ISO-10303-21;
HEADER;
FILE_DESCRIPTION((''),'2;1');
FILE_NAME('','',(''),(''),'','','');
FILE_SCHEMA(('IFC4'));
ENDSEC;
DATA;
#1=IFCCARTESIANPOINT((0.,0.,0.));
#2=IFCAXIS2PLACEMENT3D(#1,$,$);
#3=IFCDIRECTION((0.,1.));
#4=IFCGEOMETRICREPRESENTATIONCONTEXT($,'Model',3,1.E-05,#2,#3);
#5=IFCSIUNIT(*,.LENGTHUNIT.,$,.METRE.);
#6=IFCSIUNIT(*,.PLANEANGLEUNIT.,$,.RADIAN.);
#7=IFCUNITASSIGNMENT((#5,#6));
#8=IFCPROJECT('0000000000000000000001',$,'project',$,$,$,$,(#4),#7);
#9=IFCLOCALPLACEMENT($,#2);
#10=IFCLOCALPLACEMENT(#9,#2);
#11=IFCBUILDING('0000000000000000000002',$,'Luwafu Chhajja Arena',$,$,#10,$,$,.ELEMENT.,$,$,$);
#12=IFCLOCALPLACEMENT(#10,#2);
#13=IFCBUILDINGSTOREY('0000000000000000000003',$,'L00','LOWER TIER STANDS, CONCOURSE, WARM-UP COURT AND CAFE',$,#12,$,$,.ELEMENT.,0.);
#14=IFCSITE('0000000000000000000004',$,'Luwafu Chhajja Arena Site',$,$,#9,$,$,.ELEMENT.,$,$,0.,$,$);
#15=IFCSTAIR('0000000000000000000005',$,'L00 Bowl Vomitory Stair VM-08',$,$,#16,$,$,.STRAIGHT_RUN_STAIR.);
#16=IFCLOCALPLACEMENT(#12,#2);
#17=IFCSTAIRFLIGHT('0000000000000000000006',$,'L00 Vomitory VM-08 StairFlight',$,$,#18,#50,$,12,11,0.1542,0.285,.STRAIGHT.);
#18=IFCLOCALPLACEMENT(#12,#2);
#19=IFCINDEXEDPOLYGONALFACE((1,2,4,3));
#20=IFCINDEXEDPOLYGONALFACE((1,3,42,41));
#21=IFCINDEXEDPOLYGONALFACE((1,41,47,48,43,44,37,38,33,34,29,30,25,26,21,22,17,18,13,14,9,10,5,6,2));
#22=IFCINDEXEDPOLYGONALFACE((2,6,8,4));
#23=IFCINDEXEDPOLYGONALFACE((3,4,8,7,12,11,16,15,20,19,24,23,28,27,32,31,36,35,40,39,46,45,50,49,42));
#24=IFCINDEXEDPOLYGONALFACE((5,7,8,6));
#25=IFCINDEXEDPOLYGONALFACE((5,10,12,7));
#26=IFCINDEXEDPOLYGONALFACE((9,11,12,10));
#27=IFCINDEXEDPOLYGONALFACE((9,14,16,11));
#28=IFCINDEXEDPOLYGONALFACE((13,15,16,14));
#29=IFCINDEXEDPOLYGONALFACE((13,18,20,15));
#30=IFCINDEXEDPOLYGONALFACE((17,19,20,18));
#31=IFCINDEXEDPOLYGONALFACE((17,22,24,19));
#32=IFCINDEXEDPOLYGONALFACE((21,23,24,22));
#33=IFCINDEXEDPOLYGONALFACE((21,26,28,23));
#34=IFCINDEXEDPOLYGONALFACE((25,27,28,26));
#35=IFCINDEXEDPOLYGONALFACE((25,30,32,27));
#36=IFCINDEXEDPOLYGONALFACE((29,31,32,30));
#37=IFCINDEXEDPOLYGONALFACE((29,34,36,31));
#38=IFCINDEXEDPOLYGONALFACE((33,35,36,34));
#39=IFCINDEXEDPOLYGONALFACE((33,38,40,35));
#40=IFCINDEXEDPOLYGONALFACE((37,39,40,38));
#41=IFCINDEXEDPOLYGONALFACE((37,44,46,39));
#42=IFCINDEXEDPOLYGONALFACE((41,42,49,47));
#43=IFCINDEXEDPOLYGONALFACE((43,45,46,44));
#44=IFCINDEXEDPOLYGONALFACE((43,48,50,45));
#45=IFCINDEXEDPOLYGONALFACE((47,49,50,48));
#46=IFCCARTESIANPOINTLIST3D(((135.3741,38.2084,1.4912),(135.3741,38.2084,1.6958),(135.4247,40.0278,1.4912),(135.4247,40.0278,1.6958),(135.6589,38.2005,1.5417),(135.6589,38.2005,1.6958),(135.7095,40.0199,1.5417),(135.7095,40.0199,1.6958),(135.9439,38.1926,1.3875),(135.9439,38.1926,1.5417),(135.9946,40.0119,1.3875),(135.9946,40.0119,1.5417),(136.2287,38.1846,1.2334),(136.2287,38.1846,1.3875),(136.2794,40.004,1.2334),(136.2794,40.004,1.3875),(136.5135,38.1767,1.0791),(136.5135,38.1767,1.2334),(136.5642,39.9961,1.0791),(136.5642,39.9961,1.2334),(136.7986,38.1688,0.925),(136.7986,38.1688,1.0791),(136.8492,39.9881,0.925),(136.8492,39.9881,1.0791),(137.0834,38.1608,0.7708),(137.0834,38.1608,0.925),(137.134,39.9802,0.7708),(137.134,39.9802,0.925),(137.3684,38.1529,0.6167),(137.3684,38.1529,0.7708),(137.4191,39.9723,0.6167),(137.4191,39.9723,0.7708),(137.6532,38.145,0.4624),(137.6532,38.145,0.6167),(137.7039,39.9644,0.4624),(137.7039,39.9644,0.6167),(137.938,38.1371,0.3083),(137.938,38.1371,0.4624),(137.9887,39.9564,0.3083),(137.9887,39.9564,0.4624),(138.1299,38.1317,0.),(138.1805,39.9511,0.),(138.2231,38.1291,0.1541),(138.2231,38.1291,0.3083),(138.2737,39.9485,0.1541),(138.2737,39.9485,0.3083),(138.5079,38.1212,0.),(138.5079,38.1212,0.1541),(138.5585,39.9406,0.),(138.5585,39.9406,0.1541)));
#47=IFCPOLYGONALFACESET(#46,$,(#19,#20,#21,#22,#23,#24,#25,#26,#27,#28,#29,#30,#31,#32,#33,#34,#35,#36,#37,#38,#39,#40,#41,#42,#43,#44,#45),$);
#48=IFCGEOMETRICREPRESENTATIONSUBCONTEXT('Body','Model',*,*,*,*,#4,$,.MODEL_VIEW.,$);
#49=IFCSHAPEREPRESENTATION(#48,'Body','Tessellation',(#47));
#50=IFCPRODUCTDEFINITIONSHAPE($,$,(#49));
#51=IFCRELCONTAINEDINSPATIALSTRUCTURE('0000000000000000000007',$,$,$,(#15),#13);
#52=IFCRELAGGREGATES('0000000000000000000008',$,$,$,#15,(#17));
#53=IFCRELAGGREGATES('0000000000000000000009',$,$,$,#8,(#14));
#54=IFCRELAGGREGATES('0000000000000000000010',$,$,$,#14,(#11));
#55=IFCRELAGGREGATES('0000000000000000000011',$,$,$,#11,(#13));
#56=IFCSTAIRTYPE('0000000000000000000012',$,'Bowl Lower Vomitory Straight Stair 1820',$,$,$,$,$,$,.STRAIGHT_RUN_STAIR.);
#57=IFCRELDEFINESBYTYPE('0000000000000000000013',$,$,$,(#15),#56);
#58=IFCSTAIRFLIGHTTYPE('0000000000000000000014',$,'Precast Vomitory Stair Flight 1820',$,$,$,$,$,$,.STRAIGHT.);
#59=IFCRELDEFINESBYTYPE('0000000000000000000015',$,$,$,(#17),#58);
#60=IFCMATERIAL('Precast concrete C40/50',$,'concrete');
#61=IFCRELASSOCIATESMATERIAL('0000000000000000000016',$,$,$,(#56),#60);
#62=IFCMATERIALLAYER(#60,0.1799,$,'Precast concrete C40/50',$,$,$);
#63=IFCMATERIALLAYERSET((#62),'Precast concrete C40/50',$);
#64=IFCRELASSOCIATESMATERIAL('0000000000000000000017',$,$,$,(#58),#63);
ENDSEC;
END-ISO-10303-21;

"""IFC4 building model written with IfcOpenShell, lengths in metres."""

from ifc_helpers import new_model, si_unit, direction, frame, origin, place, context, subcontext, project, spatial, polyline, outline, extrude, material, layer, layer_set, type_object, element, aggregate, save


model = new_model("IFC4")

# Units and contexts
model_context = context("Model", 3, precision=1e-05, world=origin(), true_north=direction((0.0, 1.0)))
body_context = subcontext(model_context, "Body", "Model", "MODEL_VIEW")
ifc_project = project(units=[si_unit("LENGTHUNIT", "METRE"), si_unit("PLANEANGLEUNIT", "RADIAN")], contexts=[model_context])

# Site, building, storey
site_placement = place(None, origin())
site = spatial("IfcSite", under=ifc_project, at=site_placement, Name="Luwafu Chhajja Arena Site", CompositionType="ELEMENT", RefElevation=0.0)
building_placement = place(site_placement, origin())
building = spatial("IfcBuilding", under=site, at=building_placement, Name="Luwafu Chhajja Arena", CompositionType="ELEMENT")
storey_placement = place(building_placement, origin())
storey = spatial("IfcBuildingStorey", under=building, at=storey_placement, Name="L00", Description="LOWER TIER STANDS, CONCOURSE, WARM-UP COURT AND CAFE", CompositionType="ELEMENT", Elevation=0.0)

# Shared definitions
ifc_material_1 = material(Name="Precast concrete C40/50", Category="concrete")

# Stair, stair flight
stair_type = type_object("IfcStairType", Name="Bowl Lower Vomitory Straight Stair 1820", PredefinedType="STRAIGHT_RUN_STAIR", material=ifc_material_1)
stair_placement = place(storey_placement, origin())
stair = element("IfcStair", 1, at=stair_placement, inside=storey, type_object=stair_type, Name="L00 Bowl Vomitory Stair VM-08", PredefinedType="STRAIGHT_RUN_STAIR")
ifc_layer = layer(ifc_material_1, 0.1799, Name="Precast concrete C40/50")
ifc_layer_set = layer_set([ifc_layer], Name="Precast concrete C40/50")
stair_flight_type = type_object("IfcStairFlightType", Name="Precast Vomitory Stair Flight 1820", PredefinedType="STRAIGHT", material=ifc_layer_set)
stair_flight_placement = place(storey_placement, frame((138.5332, 39.031, 0.0), z_axis=(0.0, 0.0, 1.0), x_axis=(-0.999613, 0.027819, 0.0)))
stair_flight = element("IfcStairFlight", 2, at=stair_flight_placement, type_object=stair_flight_type, Name="L00 Vomitory VM-08 StairFlight", NumberOfRisers=12, NumberOfTreads=11, PredefinedType="STRAIGHT", RiserHeight=0.1542, TreadLength=0.285, context=body_context, shape_type="SweptSolid", body=[
    extrude(outline(polyline([(0.0, 0.0), (0.0, 0.1541), (0.2849, 0.1541), (0.2849, 0.3083), (0.5701, 0.3083), (0.5701, 0.4624), (0.855, 0.4624), (0.855, 0.6167), (1.1399, 0.6167), (1.1399, 0.7708), (1.425, 0.7708), (1.425, 0.925), (1.71, 0.925), (1.71, 1.0791), (1.9951, 1.0791), (1.9951, 1.2334), (2.28, 1.2334), (2.28, 1.3875), (2.5649, 1.3875), (2.5649, 1.5417), (2.8501, 1.5417), (2.8501, 1.6958), (3.135, 1.6958), (3.135, 1.8501), (3.135, 1.4912), (0.3782, 0.0), (0.0, 0.0)])), frame((0.0, 0.9102, 0.0), z_axis=(0.0, -1.0, 0.0), x_axis=(1.0, 0.0, 0.0)), (0.0, 0.0, 1.0), 1.8201),
])
aggregate(stair, [stair_flight])

save(model, "model.ifc")
